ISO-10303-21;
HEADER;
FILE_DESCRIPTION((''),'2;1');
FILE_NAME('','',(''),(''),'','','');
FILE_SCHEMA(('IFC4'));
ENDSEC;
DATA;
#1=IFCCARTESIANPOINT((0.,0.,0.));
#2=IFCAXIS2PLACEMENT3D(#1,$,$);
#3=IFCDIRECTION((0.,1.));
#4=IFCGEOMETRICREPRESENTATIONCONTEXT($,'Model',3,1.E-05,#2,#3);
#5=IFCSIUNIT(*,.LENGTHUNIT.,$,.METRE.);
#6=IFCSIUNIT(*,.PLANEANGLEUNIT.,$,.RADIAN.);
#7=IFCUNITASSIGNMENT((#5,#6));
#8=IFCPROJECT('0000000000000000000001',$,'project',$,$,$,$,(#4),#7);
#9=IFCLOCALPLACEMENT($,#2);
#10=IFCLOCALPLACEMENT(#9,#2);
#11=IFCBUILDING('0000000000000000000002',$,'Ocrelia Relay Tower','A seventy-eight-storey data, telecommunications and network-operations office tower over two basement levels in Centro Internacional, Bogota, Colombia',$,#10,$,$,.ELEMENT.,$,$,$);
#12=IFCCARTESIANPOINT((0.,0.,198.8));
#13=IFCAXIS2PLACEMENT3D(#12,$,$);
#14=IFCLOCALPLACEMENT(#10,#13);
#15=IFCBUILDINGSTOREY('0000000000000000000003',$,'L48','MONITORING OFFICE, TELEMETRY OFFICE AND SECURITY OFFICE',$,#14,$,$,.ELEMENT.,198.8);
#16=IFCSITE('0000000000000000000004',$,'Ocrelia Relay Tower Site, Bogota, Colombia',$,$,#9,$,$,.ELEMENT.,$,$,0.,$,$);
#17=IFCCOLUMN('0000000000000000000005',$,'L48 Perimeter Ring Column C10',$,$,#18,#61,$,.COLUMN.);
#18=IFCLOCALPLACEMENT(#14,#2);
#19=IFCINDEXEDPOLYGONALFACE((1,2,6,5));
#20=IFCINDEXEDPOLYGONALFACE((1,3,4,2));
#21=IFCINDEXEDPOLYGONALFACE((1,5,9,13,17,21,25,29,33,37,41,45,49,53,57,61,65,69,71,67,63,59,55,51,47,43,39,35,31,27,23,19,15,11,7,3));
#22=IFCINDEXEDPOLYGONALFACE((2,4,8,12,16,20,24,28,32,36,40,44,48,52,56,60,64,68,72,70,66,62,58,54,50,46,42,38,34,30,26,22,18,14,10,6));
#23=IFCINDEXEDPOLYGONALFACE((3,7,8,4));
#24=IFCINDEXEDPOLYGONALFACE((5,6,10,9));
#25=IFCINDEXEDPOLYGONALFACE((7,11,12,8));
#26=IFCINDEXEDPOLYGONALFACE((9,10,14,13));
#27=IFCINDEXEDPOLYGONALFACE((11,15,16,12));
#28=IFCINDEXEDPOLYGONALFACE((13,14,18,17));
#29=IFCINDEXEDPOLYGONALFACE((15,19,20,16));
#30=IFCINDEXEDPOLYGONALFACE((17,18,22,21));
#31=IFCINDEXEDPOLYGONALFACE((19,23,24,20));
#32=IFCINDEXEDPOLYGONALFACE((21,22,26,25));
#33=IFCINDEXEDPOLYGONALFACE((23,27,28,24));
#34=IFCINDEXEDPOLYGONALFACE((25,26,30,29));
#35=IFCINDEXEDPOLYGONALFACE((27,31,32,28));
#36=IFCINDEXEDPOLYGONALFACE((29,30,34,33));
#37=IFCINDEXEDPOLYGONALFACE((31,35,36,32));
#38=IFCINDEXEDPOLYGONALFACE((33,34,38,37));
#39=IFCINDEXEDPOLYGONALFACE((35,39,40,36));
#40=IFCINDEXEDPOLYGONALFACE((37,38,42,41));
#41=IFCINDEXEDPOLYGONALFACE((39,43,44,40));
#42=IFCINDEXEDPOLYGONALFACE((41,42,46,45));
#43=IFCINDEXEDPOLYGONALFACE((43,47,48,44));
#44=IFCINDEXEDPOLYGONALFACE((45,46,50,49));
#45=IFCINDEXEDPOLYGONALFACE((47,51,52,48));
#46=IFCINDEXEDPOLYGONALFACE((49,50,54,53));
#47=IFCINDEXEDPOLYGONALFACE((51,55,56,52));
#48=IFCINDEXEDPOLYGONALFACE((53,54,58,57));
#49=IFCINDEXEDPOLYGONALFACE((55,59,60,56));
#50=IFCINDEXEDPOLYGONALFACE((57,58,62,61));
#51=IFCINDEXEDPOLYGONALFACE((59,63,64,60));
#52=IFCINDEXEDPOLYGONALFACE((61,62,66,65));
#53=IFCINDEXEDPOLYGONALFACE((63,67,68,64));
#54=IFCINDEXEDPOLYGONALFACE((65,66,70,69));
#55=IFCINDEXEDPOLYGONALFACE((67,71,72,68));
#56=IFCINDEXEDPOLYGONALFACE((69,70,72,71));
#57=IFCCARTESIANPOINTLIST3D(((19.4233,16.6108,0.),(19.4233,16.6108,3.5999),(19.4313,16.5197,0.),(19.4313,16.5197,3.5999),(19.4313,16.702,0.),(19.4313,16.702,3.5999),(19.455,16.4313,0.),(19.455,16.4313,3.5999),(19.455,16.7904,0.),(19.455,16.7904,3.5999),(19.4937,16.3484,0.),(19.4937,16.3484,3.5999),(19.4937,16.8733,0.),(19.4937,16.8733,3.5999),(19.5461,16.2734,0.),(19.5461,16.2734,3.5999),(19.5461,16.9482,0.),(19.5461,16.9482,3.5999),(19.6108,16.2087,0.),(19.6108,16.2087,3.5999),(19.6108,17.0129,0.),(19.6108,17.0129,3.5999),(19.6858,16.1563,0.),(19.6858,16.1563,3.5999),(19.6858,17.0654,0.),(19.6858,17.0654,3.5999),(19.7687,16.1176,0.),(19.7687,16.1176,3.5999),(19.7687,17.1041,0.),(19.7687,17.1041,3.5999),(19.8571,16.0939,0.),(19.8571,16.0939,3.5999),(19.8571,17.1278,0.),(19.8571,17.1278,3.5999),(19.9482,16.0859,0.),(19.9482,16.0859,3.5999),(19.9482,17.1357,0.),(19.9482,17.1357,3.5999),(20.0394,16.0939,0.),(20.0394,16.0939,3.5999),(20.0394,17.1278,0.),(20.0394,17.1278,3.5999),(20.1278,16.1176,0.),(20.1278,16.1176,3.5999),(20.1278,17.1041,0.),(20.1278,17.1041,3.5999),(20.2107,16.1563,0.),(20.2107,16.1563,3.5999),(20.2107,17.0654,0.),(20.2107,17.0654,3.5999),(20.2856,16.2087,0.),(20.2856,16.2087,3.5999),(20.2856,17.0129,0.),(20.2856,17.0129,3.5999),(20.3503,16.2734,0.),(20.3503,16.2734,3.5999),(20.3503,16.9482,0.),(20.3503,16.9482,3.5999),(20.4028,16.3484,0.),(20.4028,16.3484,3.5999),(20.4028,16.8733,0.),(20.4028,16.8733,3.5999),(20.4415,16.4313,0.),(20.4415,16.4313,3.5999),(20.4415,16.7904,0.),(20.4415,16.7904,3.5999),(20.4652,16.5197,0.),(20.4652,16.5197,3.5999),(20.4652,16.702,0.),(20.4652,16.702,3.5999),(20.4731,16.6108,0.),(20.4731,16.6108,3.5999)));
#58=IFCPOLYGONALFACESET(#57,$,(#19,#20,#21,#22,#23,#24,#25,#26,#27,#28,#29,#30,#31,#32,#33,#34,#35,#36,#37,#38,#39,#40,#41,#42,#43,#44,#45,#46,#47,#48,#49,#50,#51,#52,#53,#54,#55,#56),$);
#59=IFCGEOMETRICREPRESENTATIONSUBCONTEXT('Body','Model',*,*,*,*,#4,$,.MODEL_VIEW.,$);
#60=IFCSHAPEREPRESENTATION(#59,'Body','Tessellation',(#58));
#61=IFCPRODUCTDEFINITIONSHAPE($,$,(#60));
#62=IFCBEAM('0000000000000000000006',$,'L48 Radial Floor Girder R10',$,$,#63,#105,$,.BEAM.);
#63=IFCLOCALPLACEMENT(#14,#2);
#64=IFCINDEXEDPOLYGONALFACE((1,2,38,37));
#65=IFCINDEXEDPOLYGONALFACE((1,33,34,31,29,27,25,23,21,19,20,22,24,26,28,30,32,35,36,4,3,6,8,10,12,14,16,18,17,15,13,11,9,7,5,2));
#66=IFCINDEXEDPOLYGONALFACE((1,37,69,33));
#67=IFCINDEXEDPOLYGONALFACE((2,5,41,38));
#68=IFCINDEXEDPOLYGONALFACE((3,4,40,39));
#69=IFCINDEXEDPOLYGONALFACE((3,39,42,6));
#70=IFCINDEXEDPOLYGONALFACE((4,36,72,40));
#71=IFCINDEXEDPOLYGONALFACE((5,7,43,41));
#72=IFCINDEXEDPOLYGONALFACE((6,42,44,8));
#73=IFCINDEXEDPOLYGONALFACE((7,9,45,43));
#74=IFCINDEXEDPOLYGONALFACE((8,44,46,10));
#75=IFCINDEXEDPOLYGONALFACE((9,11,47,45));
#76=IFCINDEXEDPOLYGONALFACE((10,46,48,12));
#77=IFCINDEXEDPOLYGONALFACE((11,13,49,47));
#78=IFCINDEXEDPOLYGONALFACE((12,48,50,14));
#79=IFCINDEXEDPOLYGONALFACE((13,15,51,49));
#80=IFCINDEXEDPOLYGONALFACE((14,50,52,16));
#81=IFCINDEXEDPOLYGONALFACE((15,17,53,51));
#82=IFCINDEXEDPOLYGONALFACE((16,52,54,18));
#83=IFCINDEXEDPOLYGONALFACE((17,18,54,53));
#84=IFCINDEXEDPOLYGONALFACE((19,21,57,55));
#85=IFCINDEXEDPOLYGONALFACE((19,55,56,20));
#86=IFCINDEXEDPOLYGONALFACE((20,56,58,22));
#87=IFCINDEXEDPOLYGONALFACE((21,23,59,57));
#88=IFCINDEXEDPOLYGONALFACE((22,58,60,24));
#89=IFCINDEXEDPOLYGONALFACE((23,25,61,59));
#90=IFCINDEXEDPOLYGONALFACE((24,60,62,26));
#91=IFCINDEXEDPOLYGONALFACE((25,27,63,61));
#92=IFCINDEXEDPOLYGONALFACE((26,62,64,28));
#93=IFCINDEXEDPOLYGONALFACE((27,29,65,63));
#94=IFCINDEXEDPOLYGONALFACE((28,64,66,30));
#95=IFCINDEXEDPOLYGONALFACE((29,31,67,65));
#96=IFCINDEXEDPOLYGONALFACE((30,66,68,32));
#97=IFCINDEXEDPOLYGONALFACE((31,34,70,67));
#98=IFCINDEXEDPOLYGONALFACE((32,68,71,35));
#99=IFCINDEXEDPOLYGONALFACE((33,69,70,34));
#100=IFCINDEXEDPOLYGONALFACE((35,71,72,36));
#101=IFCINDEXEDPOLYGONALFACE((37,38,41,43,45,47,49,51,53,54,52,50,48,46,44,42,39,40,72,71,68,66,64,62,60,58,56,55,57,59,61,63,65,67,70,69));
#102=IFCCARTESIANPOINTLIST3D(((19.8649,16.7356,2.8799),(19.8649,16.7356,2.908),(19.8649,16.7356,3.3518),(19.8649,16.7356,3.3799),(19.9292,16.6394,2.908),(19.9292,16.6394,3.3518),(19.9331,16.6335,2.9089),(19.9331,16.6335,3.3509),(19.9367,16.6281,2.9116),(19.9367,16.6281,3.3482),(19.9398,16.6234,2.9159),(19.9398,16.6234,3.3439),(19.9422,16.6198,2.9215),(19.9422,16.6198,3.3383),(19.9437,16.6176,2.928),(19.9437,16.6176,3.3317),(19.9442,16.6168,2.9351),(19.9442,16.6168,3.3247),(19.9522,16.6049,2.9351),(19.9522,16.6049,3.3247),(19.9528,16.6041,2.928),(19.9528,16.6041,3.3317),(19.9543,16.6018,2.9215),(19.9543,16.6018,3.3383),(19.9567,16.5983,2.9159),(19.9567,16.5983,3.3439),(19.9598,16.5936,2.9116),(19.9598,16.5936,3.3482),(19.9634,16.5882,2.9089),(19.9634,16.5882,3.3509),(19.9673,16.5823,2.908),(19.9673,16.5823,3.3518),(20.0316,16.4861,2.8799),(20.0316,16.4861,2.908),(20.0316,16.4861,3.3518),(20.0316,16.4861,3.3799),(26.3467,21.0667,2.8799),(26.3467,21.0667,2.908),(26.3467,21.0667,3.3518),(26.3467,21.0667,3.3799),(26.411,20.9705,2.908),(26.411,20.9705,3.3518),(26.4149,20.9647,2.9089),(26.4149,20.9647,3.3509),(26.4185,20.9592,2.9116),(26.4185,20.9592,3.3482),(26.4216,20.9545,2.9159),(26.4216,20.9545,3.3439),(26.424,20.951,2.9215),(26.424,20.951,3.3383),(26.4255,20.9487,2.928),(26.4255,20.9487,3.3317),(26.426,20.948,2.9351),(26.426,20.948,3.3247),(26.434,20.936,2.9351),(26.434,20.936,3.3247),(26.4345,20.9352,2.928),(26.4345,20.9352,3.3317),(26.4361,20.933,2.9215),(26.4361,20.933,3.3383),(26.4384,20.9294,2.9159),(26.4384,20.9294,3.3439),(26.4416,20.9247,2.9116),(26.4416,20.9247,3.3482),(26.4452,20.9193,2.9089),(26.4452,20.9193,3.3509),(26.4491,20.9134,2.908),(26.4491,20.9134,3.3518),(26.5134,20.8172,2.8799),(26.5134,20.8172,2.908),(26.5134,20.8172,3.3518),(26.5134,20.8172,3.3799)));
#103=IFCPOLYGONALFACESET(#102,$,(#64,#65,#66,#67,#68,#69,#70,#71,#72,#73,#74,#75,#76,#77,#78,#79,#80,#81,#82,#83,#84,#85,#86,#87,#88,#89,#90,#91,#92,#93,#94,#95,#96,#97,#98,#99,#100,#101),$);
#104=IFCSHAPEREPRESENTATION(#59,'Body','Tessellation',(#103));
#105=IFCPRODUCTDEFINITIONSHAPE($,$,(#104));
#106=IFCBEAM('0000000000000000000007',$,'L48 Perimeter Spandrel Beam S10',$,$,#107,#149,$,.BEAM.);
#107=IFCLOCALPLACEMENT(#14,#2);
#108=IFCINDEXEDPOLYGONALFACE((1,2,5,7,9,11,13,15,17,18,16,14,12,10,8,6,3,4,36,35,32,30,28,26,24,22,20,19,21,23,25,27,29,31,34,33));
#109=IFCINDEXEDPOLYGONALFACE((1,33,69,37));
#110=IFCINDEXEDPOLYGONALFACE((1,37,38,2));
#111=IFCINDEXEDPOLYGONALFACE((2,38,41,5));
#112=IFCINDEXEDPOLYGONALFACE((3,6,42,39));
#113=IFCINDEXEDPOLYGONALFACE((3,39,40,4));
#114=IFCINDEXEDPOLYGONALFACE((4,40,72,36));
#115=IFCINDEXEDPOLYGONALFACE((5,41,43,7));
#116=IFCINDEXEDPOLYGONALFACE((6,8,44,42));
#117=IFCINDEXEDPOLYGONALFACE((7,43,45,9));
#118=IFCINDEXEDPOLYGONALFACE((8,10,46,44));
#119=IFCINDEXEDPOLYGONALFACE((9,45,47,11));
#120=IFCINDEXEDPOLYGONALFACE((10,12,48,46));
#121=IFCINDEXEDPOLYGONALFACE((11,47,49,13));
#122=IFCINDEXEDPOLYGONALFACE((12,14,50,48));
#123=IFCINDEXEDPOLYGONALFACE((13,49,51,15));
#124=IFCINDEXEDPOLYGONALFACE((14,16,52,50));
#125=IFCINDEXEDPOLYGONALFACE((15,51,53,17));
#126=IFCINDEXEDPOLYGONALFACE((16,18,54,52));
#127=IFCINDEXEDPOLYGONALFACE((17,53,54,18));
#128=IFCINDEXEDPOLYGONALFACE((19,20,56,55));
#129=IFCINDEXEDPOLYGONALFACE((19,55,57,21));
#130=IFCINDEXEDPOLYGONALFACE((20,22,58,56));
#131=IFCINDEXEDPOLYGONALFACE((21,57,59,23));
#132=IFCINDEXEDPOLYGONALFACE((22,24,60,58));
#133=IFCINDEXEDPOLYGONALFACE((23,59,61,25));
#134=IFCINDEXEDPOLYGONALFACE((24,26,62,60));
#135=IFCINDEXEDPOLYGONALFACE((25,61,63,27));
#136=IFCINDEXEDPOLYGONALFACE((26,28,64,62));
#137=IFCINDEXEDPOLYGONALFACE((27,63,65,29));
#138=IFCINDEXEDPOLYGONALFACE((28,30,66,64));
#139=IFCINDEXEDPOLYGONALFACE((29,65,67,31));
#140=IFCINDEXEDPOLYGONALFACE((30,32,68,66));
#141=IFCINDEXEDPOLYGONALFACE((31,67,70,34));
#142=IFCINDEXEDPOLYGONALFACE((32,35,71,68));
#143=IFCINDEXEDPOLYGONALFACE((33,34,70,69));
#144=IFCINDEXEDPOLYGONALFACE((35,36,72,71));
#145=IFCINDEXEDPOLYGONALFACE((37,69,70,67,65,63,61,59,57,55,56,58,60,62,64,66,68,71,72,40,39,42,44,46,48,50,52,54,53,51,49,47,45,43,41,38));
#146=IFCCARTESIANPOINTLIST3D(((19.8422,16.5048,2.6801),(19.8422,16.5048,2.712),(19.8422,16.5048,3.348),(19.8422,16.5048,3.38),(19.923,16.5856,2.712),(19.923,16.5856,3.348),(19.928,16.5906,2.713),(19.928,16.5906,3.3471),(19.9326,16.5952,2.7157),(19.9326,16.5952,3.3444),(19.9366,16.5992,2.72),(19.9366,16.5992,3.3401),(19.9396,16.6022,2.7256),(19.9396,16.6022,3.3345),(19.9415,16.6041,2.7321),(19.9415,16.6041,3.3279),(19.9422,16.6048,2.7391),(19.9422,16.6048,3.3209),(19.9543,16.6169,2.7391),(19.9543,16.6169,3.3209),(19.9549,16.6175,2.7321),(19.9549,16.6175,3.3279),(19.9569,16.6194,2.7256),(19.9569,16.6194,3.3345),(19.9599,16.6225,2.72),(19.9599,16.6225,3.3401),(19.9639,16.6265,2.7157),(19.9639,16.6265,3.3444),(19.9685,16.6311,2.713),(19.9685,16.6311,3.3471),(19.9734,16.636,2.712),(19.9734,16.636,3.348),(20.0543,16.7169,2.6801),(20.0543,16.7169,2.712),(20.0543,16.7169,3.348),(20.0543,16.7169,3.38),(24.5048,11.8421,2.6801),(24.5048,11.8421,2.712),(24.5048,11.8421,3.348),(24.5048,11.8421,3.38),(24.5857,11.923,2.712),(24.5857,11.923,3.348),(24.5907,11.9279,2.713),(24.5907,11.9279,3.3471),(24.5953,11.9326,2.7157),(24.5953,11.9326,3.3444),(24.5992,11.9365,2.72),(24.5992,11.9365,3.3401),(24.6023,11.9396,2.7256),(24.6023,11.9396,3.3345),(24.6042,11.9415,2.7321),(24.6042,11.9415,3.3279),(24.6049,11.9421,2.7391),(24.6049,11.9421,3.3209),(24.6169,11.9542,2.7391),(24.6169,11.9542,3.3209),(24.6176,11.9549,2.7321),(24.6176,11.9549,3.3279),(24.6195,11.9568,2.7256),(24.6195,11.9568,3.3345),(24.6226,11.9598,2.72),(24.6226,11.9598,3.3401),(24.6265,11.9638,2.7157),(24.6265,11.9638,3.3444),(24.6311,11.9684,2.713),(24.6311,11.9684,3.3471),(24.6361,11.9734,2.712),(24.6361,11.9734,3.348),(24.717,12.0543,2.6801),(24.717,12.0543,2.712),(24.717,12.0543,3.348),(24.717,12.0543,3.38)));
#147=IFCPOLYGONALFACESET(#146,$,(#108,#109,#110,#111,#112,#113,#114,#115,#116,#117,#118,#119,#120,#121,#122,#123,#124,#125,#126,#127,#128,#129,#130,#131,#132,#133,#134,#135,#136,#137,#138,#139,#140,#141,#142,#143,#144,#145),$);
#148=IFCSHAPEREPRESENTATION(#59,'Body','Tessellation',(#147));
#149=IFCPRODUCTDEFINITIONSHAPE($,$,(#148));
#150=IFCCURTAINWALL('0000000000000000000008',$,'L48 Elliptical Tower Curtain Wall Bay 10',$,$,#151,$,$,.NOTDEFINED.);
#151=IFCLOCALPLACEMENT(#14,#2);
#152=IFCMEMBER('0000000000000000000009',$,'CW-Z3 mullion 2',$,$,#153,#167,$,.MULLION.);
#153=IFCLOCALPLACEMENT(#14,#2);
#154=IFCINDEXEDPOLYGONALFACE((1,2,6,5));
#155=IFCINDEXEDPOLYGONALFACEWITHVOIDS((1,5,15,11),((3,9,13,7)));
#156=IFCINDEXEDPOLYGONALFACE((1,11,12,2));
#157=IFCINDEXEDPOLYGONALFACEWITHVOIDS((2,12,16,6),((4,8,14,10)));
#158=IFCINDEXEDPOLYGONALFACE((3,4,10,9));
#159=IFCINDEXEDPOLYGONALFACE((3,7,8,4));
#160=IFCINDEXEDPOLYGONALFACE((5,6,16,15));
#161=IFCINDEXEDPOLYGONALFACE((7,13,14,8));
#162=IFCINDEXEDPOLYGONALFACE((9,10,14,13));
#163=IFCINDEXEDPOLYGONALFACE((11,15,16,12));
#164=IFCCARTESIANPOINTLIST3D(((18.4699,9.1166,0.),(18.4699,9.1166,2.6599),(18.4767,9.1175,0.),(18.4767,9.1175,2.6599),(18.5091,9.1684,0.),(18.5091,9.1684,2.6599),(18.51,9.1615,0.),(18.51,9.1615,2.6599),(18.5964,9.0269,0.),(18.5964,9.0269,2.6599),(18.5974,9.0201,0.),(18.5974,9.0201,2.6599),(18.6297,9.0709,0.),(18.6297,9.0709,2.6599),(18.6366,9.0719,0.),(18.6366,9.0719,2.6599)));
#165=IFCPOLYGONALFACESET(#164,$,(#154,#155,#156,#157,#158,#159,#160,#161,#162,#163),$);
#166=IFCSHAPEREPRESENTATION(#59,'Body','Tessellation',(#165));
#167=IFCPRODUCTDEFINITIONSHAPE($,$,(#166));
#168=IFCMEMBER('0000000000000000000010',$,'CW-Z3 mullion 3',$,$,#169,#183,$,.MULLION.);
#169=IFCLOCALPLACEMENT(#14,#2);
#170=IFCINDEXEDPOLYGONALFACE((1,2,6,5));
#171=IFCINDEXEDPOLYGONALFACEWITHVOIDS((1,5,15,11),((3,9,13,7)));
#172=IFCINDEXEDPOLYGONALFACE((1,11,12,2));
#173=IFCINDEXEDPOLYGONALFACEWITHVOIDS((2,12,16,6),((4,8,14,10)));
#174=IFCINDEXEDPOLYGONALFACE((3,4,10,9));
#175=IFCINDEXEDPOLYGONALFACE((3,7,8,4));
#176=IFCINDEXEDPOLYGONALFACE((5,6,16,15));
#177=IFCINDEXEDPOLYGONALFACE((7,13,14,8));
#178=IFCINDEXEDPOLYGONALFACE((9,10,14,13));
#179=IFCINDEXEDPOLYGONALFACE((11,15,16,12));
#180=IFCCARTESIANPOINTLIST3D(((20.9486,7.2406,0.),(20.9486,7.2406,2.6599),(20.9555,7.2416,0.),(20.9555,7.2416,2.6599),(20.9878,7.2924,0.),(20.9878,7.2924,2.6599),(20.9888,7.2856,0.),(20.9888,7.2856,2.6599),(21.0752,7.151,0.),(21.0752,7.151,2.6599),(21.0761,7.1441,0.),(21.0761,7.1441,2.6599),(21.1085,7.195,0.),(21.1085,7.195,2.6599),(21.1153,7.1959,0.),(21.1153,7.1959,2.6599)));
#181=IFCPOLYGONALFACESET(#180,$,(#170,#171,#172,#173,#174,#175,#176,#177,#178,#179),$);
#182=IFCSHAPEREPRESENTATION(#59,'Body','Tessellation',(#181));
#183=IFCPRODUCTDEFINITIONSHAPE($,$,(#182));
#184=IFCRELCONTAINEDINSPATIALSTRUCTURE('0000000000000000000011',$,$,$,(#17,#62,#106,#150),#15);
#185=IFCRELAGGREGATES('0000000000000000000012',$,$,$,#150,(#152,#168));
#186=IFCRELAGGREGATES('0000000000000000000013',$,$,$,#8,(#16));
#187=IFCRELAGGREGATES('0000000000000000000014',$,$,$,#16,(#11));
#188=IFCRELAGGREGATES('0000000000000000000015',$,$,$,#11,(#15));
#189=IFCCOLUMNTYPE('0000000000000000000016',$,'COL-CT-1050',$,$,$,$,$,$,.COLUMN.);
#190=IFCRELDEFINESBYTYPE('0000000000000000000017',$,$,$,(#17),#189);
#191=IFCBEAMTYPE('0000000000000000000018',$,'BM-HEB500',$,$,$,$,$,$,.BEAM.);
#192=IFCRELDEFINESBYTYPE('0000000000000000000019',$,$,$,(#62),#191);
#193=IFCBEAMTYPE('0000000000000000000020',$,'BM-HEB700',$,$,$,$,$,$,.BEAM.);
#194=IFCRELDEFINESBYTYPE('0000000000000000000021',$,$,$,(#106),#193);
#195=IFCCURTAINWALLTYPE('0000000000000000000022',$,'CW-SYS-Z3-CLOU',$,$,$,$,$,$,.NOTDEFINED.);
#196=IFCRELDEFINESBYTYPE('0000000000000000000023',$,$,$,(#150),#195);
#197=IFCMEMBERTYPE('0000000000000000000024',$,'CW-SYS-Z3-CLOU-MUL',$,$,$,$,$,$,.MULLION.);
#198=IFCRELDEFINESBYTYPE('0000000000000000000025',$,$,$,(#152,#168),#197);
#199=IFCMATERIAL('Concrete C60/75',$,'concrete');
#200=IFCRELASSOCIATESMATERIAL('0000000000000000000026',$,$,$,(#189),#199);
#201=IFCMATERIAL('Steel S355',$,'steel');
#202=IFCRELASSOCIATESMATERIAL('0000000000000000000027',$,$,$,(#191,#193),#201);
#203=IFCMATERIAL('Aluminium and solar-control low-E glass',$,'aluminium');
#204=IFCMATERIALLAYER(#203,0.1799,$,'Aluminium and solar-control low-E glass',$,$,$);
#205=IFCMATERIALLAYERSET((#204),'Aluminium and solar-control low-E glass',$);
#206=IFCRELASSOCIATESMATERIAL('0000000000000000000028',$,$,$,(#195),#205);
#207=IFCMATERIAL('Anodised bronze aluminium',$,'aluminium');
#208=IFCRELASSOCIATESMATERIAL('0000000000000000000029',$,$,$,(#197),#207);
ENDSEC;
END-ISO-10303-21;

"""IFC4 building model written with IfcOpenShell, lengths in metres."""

from ifc_helpers import new_model, si_unit, direction, frame, origin, origin_2d, place, context, subcontext, project, spatial, hollow_rectangle, circle, i_section, extrude, material, layer, layer_set, material_profile, profile_set, type_object, element, aggregate, save


model = new_model("IFC4")

# Units and contexts
model_context = context("Model", 3, precision=1e-05, world=origin(), true_north=direction((0.0, 1.0)))
body_context = subcontext(model_context, "Body", "Model", "MODEL_VIEW")
ifc_project = project(units=[si_unit("LENGTHUNIT", "METRE"), si_unit("PLANEANGLEUNIT", "RADIAN")], contexts=[model_context])

# Site, building, storey
site_placement = place(None, origin())
site = spatial("IfcSite", under=ifc_project, at=site_placement, Name="Ocrelia Relay Tower Site, Bogota, Colombia", CompositionType="ELEMENT", RefElevation=0.0)
building_placement = place(site_placement, origin())
building = spatial("IfcBuilding", under=site, at=building_placement, Name="Ocrelia Relay Tower", Description="A seventy-eight-storey data, telecommunications and network-operations office tower over two basement levels in Centro Internacional, Bogota, Colombia", CompositionType="ELEMENT")
storey_placement = place(building_placement, frame((0.0, 0.0, 198.8)))
storey = spatial("IfcBuildingStorey", under=building, at=storey_placement, Name="L48", Description="MONITORING OFFICE, TELEMETRY OFFICE AND SECURITY OFFICE", CompositionType="ELEMENT", Elevation=198.8)

# Column
ifc_material_1 = material(Name="Concrete C60/75", Category="concrete")
ifc_material_profile_1 = material_profile(ifc_material_1, circle(Radius=0.5249, at=origin_2d()), Name="RC-CIR-1050")
ifc_profile_set_1 = profile_set([ifc_material_profile_1], Name="Concrete C60/75")
column_type = type_object("IfcColumnType", Name="COL-CT-1050", PredefinedType="COLUMN", material=ifc_profile_set_1)
column_placement = place(storey_placement, frame((19.9482, 16.6108, 0.0), z_axis=(0.0, 0.0, 1.0), x_axis=(1.0, 0.0, 0.0)))
element("IfcColumn", 1, at=column_placement, inside=storey, type_object=column_type, Name="L48 Perimeter Ring Column C10", PredefinedType="COLUMN", context=body_context, shape_type="SweptSolid", body=[
    extrude(circle(Radius=0.5249, at=origin_2d()), origin(), (0.0, 0.0, 1.0), 3.5999),
])

# Beams
ifc_material_2 = material(Name="Steel S355", Category="steel")
ifc_material_profile_2 = material_profile(ifc_material_2, i_section(OverallWidth=0.3, OverallDepth=0.5, WebThickness=0.0144, FlangeThickness=0.0281, FilletRadius=0.0271, at=origin_2d()), Name="HEB 500")
ifc_profile_set_2 = profile_set([ifc_material_profile_2], Name="Steel S355")
beam_type_1 = type_object("IfcBeamType", Name="BM-HEB500", PredefinedType="BEAM", material=ifc_profile_set_2)
beam_1_placement = place(storey_placement, frame((19.9482, 16.6108, 3.1299), z_axis=(0.831462, 0.555582, 0.0), x_axis=(-0.555582, 0.831462, 0.0)))
element("IfcBeam", 2, at=beam_1_placement, inside=storey, type_object=beam_type_1, Name="L48 Radial Floor Girder R10", PredefinedType="BEAM", context=body_context, shape_type="SweptSolid", body=[
    extrude(i_section(OverallWidth=0.3, OverallDepth=0.5, WebThickness=0.0144, FlangeThickness=0.0281, FilletRadius=0.0271, at=origin_2d()), origin(), (0.0, 0.0, 1.0), 7.7957),
])
ifc_material_profile_3 = material_profile(ifc_material_2, i_section(OverallWidth=0.3, OverallDepth=0.7, WebThickness=0.0171, FlangeThickness=0.032, FilletRadius=0.0271, at=origin_2d()), Name="HEB 700")
ifc_profile_set_3 = profile_set([ifc_material_profile_3], Name="Steel S355")
beam_type_2 = type_object("IfcBeamType", Name="BM-HEB700", PredefinedType="BEAM", material=ifc_profile_set_3)
beam_2_placement = place(storey_placement, frame((19.9482, 16.6108, 3.03), z_axis=(0.707107, -0.707107, 0.0), x_axis=(0.707107, 0.707107, 0.0)))
element("IfcBeam", 3, at=beam_2_placement, inside=storey, type_object=beam_type_2, Name="L48 Perimeter Spandrel Beam S10", PredefinedType="BEAM", context=body_context, shape_type="SweptSolid", body=[
    extrude(i_section(OverallWidth=0.3, OverallDepth=0.7, WebThickness=0.0171, FlangeThickness=0.032, FilletRadius=0.0271, at=origin_2d()), origin(), (0.0, 0.0, 1.0), 6.594),
])

# Curtain wall, members
ifc_material_3 = material(Name="Aluminium and solar-control low-E glass", Category="aluminium")
ifc_layer_1 = layer(ifc_material_3, 0.1799, Name="Aluminium and solar-control low-E glass")
ifc_layer_set_1 = layer_set([ifc_layer_1], Name="Aluminium and solar-control low-E glass")
curtain_wall_type = type_object("IfcCurtainWallType", Name="CW-SYS-Z3-CLOU", PredefinedType="NOTDEFINED", material=ifc_layer_set_1)
curtain_wall_placement = place(storey_placement, origin())
curtain_wall = element("IfcCurtainWall", 4, at=curtain_wall_placement, inside=storey, type_object=curtain_wall_type, Name="L48 Elliptical Tower Curtain Wall Bay 10", PredefinedType="NOTDEFINED")
ifc_material_4 = material(Name="Anodised bronze aluminium", Category="aluminium")
ifc_material_profile_4 = material_profile(ifc_material_4, hollow_rectangle(XDim=0.0649, YDim=0.1599, WallThickness=0.0049, at=origin_2d()), Name="CW-MUL-160x65")
ifc_profile_set_4 = profile_set([ifc_material_profile_4], Name="Anodised bronze aluminium")
member_type_1 = type_object("IfcMemberType", Name="CW-SYS-Z3-CLOU-MUL", PredefinedType="MULLION", material=ifc_profile_set_4)
member_1_placement = place(storey_placement, frame((18.5532, 9.0942, 0.0), z_axis=(0.0, 0.0, 1.0), x_axis=(0.603481, 0.797378, 0.0)))
member_1 = element("IfcMember", 5, at=member_1_placement, type_object=member_type_1, Name="CW-Z3 mullion 2", PredefinedType="MULLION", context=body_context, shape_type="SweptSolid", body=[
    extrude(hollow_rectangle(XDim=0.0649, YDim=0.1599, WallThickness=0.0049, at=origin_2d()), origin(), (0.0, 0.0, 1.0), 2.6599),
])
member_2_placement = place(storey_placement, frame((21.032, 7.2183, 0.0), z_axis=(0.0, 0.0, 1.0), x_axis=(0.603481, 0.797378, 0.0)))
member_2 = element("IfcMember", 6, at=member_2_placement, type_object=member_type_1, Name="CW-Z3 mullion 3", PredefinedType="MULLION", context=body_context, shape_type="SweptSolid", body=[
    extrude(hollow_rectangle(XDim=0.0649, YDim=0.1599, WallThickness=0.0049, at=origin_2d()), origin(), (0.0, 0.0, 1.0), 2.6599),
])
aggregate(curtain_wall, [member_1, member_2])

save(model, "model.ifc")
